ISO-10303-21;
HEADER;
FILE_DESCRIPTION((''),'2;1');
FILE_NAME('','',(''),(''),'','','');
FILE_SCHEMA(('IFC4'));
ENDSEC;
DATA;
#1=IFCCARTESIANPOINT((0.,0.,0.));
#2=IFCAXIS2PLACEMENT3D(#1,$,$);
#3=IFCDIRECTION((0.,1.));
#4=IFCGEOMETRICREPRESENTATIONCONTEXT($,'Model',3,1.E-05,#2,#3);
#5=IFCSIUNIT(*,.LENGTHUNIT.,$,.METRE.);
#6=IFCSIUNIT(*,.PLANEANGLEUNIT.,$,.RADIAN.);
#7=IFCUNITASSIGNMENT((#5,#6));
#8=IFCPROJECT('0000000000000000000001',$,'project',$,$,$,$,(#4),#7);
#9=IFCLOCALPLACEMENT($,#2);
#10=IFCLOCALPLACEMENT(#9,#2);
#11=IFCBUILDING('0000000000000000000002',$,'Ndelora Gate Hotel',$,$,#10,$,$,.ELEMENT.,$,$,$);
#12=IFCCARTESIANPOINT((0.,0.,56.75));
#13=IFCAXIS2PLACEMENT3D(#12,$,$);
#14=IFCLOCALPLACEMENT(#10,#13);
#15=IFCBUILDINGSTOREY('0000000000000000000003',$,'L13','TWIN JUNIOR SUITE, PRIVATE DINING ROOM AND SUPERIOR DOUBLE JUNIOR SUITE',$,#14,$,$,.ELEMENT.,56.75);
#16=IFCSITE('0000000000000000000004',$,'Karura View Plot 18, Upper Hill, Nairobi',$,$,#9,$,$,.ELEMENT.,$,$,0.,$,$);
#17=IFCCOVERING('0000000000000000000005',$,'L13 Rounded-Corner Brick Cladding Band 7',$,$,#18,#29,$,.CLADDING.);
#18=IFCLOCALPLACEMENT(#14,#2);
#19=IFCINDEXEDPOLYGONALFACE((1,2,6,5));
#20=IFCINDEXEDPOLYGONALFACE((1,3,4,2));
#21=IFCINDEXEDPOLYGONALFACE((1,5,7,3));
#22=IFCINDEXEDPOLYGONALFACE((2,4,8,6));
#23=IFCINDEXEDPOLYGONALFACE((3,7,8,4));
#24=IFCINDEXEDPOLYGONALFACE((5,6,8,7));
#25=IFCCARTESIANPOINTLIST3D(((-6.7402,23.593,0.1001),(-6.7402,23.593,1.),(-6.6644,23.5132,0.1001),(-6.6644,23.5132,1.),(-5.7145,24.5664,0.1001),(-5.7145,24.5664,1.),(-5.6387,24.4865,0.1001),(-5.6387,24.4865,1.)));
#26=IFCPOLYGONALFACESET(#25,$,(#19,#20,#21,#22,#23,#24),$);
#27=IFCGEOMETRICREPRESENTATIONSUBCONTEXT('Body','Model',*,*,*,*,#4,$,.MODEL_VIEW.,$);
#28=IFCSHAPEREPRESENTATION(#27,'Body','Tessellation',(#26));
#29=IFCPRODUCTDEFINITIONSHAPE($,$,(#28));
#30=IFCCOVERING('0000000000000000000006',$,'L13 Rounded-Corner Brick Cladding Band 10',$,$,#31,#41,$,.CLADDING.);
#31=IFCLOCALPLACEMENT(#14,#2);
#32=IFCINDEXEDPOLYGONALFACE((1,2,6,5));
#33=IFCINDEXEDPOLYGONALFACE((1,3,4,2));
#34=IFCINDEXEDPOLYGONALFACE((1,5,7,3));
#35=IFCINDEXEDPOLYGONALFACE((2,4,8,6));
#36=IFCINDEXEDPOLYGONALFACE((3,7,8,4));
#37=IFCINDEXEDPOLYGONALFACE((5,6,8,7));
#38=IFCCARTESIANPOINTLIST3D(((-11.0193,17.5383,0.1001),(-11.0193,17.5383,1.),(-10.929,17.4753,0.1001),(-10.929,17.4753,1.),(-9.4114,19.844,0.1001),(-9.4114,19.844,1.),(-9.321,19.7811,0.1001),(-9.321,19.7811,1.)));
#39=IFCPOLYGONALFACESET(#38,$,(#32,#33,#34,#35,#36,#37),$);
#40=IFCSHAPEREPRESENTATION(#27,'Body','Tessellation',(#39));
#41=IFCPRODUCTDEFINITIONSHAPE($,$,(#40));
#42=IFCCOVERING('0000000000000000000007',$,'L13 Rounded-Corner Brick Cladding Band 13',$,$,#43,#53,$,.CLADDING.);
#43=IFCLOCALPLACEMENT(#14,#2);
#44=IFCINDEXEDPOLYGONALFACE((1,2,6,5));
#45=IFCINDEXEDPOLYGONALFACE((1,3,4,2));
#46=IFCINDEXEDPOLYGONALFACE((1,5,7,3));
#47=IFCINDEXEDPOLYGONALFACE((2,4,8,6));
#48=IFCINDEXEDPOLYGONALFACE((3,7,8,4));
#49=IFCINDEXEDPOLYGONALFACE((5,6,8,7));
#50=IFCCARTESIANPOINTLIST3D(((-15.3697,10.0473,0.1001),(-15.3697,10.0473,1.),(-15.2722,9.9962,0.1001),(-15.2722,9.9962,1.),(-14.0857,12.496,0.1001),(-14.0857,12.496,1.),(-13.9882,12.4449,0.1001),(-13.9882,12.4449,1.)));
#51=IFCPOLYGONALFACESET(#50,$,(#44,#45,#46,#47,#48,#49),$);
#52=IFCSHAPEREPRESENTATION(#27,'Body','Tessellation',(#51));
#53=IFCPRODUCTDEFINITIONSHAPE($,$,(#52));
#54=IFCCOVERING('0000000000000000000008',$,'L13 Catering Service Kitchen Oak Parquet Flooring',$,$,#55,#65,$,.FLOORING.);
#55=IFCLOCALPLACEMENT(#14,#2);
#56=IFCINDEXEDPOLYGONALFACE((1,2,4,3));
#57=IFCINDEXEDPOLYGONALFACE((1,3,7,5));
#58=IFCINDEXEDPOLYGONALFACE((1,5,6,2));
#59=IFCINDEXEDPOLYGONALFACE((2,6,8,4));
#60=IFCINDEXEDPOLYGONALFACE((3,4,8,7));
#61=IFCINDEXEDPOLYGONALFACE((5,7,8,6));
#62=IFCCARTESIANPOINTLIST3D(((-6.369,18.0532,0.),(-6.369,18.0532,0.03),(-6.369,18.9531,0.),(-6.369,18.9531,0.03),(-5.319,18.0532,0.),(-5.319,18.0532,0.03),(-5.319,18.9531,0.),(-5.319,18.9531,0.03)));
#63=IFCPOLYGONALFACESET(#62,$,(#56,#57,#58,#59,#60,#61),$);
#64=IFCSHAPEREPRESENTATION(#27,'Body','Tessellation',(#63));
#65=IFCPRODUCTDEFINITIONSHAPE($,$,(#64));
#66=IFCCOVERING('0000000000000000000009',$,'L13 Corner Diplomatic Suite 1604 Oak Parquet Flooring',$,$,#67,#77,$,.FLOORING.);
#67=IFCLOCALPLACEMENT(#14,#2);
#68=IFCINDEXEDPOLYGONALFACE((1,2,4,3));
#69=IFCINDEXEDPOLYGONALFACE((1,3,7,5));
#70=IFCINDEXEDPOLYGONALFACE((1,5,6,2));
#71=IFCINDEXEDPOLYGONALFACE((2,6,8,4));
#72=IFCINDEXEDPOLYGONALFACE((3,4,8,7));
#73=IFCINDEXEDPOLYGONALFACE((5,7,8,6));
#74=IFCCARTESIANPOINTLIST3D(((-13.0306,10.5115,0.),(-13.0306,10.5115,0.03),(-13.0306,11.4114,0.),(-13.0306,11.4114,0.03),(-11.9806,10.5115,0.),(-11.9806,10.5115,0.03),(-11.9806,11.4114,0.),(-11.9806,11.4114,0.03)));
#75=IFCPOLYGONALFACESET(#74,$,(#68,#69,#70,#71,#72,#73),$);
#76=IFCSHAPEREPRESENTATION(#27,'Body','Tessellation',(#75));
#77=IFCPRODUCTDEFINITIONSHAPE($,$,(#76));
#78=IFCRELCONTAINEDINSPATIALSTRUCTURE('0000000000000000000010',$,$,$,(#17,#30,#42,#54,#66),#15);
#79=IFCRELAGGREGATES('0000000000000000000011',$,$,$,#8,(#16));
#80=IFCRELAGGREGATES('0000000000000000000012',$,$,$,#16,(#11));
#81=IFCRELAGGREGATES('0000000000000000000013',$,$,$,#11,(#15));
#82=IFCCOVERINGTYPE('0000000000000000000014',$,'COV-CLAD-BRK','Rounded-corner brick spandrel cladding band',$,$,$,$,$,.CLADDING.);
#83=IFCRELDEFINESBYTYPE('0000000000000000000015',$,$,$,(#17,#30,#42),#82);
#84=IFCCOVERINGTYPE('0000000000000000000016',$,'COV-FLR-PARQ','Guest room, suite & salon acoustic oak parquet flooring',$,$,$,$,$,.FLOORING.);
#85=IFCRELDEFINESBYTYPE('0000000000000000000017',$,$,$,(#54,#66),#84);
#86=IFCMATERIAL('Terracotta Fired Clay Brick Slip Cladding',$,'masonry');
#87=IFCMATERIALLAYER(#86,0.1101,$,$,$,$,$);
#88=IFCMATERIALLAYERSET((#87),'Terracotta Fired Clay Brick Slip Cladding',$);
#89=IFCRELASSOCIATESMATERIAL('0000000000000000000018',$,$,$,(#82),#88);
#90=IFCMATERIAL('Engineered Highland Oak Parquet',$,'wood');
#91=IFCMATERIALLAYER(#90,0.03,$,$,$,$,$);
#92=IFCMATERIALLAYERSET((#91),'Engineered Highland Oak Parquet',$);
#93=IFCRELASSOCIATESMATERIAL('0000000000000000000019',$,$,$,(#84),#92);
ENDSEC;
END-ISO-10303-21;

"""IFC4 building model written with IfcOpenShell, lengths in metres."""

from ifc_helpers import new_model, si_unit, direction, frame, origin, origin_2d, place, context, subcontext, project, spatial, rectangle, extrude, material, layer, layer_set, type_object, element, save


model = new_model("IFC4")

# Units and contexts
model_context = context("Model", 3, precision=1e-05, world=origin(), true_north=direction((0.0, 1.0)))
body_context = subcontext(model_context, "Body", "Model", "MODEL_VIEW")
ifc_project = project(units=[si_unit("LENGTHUNIT", "METRE"), si_unit("PLANEANGLEUNIT", "RADIAN")], contexts=[model_context])

# Site, building, storey
site_placement = place(None, origin())
site = spatial("IfcSite", under=ifc_project, at=site_placement, Name="Karura View Plot 18, Upper Hill, Nairobi", CompositionType="ELEMENT", RefElevation=0.0)
building_placement = place(site_placement, origin())
building = spatial("IfcBuilding", under=site, at=building_placement, Name="Ndelora Gate Hotel", CompositionType="ELEMENT")
storey_placement = place(building_placement, frame((0.0, 0.0, 56.75)))
storey = spatial("IfcBuildingStorey", under=building, at=storey_placement, Name="L13", Description="TWIN JUNIOR SUITE, PRIVATE DINING ROOM AND SUPERIOR DOUBLE JUNIOR SUITE", CompositionType="ELEMENT", Elevation=56.75)

# Coverings
ifc_material_1 = material(Name="Terracotta Fired Clay Brick Slip Cladding", Category="masonry")
ifc_layer_1 = layer(ifc_material_1, 0.1101)
ifc_layer_set_1 = layer_set([ifc_layer_1], Name="Terracotta Fired Clay Brick Slip Cladding")
covering_type_1 = type_object("IfcCoveringType", Name="COV-CLAD-BRK", Description="Rounded-corner brick spandrel cladding band", PredefinedType="CLADDING", material=ifc_layer_set_1)
for number, where, z_axis, x_axis, name in (
    (1, (-6.1895, 24.0398, 0.1001), (0.0, 0.0, 1.0), (0.725374, 0.688355, 0.0), "L13 Rounded-Corner Brick Cladding Band 7"),
):
    element("IfcCovering", number, at=place(storey_placement, frame(where, z_axis=z_axis, x_axis=x_axis)), inside=storey, type_object=covering_type_1, Name=name, PredefinedType="CLADDING", context=body_context, shape_type="SweptSolid", body=[
        extrude(rectangle(XDim=1.4141, YDim=0.1101, at=origin_2d()), origin(), (0.0, 0.0, 1.0), 0.8999),
    ])
covering_1_placement = place(storey_placement, frame((-10.1702, 18.6597, 0.1001), z_axis=(0.0, 0.0, 1.0), x_axis=(0.572003, 0.820252, 0.0)))
element("IfcCovering", 2, at=covering_1_placement, inside=storey, type_object=covering_type_1, Name="L13 Rounded-Corner Brick Cladding Band 10", PredefinedType="CLADDING", context=body_context, shape_type="SweptSolid", body=[
    extrude(rectangle(XDim=2.811, YDim=0.1101, at=origin_2d()), origin(), (0.0, 0.0, 1.0), 0.8999),
])
covering_2_placement = place(storey_placement, frame((-14.679, 11.2461, 0.1001), z_axis=(0.0, 0.0, 1.0), x_axis=(0.464378, 0.885637, 0.0)))
element("IfcCovering", 3, at=covering_2_placement, inside=storey, type_object=covering_type_1, Name="L13 Rounded-Corner Brick Cladding Band 13", PredefinedType="CLADDING", context=body_context, shape_type="SweptSolid", body=[
    extrude(rectangle(XDim=2.7649, YDim=0.1101, at=origin_2d()), origin(), (0.0, 0.0, 1.0), 0.8999),
])
ifc_material_2 = material(Name="Engineered Highland Oak Parquet", Category="wood")
ifc_layer_2 = layer(ifc_material_2, 0.03)
ifc_layer_set_2 = layer_set([ifc_layer_2], Name="Engineered Highland Oak Parquet")
covering_type_2 = type_object("IfcCoveringType", Name="COV-FLR-PARQ", Description="Guest room, suite & salon acoustic oak parquet flooring", PredefinedType="FLOORING", material=ifc_layer_set_2)
for number, where, z_axis, x_axis, name in (
    (4, (-5.844, 18.5032, 0.0), (0.0, 0.0, 1.0), (1.0, 0.0, 0.0), "L13 Catering Service Kitchen Oak Parquet Flooring"),
    (5, (-12.5056, 10.9614, 0.0), (0.0, 0.0, 1.0), (1.0, 0.0, 0.0), "L13 Corner Diplomatic Suite 1604 Oak Parquet Flooring"),
):
    element("IfcCovering", number, at=place(storey_placement, frame(where, z_axis=z_axis, x_axis=x_axis)), inside=storey, type_object=covering_type_2, Name=name, PredefinedType="FLOORING", context=body_context, shape_type="SweptSolid", body=[
        extrude(rectangle(XDim=1.05, YDim=0.8999, at=origin_2d()), origin(), (0.0, 0.0, 1.0), 0.03),
    ])

save(model, "model.ifc")
